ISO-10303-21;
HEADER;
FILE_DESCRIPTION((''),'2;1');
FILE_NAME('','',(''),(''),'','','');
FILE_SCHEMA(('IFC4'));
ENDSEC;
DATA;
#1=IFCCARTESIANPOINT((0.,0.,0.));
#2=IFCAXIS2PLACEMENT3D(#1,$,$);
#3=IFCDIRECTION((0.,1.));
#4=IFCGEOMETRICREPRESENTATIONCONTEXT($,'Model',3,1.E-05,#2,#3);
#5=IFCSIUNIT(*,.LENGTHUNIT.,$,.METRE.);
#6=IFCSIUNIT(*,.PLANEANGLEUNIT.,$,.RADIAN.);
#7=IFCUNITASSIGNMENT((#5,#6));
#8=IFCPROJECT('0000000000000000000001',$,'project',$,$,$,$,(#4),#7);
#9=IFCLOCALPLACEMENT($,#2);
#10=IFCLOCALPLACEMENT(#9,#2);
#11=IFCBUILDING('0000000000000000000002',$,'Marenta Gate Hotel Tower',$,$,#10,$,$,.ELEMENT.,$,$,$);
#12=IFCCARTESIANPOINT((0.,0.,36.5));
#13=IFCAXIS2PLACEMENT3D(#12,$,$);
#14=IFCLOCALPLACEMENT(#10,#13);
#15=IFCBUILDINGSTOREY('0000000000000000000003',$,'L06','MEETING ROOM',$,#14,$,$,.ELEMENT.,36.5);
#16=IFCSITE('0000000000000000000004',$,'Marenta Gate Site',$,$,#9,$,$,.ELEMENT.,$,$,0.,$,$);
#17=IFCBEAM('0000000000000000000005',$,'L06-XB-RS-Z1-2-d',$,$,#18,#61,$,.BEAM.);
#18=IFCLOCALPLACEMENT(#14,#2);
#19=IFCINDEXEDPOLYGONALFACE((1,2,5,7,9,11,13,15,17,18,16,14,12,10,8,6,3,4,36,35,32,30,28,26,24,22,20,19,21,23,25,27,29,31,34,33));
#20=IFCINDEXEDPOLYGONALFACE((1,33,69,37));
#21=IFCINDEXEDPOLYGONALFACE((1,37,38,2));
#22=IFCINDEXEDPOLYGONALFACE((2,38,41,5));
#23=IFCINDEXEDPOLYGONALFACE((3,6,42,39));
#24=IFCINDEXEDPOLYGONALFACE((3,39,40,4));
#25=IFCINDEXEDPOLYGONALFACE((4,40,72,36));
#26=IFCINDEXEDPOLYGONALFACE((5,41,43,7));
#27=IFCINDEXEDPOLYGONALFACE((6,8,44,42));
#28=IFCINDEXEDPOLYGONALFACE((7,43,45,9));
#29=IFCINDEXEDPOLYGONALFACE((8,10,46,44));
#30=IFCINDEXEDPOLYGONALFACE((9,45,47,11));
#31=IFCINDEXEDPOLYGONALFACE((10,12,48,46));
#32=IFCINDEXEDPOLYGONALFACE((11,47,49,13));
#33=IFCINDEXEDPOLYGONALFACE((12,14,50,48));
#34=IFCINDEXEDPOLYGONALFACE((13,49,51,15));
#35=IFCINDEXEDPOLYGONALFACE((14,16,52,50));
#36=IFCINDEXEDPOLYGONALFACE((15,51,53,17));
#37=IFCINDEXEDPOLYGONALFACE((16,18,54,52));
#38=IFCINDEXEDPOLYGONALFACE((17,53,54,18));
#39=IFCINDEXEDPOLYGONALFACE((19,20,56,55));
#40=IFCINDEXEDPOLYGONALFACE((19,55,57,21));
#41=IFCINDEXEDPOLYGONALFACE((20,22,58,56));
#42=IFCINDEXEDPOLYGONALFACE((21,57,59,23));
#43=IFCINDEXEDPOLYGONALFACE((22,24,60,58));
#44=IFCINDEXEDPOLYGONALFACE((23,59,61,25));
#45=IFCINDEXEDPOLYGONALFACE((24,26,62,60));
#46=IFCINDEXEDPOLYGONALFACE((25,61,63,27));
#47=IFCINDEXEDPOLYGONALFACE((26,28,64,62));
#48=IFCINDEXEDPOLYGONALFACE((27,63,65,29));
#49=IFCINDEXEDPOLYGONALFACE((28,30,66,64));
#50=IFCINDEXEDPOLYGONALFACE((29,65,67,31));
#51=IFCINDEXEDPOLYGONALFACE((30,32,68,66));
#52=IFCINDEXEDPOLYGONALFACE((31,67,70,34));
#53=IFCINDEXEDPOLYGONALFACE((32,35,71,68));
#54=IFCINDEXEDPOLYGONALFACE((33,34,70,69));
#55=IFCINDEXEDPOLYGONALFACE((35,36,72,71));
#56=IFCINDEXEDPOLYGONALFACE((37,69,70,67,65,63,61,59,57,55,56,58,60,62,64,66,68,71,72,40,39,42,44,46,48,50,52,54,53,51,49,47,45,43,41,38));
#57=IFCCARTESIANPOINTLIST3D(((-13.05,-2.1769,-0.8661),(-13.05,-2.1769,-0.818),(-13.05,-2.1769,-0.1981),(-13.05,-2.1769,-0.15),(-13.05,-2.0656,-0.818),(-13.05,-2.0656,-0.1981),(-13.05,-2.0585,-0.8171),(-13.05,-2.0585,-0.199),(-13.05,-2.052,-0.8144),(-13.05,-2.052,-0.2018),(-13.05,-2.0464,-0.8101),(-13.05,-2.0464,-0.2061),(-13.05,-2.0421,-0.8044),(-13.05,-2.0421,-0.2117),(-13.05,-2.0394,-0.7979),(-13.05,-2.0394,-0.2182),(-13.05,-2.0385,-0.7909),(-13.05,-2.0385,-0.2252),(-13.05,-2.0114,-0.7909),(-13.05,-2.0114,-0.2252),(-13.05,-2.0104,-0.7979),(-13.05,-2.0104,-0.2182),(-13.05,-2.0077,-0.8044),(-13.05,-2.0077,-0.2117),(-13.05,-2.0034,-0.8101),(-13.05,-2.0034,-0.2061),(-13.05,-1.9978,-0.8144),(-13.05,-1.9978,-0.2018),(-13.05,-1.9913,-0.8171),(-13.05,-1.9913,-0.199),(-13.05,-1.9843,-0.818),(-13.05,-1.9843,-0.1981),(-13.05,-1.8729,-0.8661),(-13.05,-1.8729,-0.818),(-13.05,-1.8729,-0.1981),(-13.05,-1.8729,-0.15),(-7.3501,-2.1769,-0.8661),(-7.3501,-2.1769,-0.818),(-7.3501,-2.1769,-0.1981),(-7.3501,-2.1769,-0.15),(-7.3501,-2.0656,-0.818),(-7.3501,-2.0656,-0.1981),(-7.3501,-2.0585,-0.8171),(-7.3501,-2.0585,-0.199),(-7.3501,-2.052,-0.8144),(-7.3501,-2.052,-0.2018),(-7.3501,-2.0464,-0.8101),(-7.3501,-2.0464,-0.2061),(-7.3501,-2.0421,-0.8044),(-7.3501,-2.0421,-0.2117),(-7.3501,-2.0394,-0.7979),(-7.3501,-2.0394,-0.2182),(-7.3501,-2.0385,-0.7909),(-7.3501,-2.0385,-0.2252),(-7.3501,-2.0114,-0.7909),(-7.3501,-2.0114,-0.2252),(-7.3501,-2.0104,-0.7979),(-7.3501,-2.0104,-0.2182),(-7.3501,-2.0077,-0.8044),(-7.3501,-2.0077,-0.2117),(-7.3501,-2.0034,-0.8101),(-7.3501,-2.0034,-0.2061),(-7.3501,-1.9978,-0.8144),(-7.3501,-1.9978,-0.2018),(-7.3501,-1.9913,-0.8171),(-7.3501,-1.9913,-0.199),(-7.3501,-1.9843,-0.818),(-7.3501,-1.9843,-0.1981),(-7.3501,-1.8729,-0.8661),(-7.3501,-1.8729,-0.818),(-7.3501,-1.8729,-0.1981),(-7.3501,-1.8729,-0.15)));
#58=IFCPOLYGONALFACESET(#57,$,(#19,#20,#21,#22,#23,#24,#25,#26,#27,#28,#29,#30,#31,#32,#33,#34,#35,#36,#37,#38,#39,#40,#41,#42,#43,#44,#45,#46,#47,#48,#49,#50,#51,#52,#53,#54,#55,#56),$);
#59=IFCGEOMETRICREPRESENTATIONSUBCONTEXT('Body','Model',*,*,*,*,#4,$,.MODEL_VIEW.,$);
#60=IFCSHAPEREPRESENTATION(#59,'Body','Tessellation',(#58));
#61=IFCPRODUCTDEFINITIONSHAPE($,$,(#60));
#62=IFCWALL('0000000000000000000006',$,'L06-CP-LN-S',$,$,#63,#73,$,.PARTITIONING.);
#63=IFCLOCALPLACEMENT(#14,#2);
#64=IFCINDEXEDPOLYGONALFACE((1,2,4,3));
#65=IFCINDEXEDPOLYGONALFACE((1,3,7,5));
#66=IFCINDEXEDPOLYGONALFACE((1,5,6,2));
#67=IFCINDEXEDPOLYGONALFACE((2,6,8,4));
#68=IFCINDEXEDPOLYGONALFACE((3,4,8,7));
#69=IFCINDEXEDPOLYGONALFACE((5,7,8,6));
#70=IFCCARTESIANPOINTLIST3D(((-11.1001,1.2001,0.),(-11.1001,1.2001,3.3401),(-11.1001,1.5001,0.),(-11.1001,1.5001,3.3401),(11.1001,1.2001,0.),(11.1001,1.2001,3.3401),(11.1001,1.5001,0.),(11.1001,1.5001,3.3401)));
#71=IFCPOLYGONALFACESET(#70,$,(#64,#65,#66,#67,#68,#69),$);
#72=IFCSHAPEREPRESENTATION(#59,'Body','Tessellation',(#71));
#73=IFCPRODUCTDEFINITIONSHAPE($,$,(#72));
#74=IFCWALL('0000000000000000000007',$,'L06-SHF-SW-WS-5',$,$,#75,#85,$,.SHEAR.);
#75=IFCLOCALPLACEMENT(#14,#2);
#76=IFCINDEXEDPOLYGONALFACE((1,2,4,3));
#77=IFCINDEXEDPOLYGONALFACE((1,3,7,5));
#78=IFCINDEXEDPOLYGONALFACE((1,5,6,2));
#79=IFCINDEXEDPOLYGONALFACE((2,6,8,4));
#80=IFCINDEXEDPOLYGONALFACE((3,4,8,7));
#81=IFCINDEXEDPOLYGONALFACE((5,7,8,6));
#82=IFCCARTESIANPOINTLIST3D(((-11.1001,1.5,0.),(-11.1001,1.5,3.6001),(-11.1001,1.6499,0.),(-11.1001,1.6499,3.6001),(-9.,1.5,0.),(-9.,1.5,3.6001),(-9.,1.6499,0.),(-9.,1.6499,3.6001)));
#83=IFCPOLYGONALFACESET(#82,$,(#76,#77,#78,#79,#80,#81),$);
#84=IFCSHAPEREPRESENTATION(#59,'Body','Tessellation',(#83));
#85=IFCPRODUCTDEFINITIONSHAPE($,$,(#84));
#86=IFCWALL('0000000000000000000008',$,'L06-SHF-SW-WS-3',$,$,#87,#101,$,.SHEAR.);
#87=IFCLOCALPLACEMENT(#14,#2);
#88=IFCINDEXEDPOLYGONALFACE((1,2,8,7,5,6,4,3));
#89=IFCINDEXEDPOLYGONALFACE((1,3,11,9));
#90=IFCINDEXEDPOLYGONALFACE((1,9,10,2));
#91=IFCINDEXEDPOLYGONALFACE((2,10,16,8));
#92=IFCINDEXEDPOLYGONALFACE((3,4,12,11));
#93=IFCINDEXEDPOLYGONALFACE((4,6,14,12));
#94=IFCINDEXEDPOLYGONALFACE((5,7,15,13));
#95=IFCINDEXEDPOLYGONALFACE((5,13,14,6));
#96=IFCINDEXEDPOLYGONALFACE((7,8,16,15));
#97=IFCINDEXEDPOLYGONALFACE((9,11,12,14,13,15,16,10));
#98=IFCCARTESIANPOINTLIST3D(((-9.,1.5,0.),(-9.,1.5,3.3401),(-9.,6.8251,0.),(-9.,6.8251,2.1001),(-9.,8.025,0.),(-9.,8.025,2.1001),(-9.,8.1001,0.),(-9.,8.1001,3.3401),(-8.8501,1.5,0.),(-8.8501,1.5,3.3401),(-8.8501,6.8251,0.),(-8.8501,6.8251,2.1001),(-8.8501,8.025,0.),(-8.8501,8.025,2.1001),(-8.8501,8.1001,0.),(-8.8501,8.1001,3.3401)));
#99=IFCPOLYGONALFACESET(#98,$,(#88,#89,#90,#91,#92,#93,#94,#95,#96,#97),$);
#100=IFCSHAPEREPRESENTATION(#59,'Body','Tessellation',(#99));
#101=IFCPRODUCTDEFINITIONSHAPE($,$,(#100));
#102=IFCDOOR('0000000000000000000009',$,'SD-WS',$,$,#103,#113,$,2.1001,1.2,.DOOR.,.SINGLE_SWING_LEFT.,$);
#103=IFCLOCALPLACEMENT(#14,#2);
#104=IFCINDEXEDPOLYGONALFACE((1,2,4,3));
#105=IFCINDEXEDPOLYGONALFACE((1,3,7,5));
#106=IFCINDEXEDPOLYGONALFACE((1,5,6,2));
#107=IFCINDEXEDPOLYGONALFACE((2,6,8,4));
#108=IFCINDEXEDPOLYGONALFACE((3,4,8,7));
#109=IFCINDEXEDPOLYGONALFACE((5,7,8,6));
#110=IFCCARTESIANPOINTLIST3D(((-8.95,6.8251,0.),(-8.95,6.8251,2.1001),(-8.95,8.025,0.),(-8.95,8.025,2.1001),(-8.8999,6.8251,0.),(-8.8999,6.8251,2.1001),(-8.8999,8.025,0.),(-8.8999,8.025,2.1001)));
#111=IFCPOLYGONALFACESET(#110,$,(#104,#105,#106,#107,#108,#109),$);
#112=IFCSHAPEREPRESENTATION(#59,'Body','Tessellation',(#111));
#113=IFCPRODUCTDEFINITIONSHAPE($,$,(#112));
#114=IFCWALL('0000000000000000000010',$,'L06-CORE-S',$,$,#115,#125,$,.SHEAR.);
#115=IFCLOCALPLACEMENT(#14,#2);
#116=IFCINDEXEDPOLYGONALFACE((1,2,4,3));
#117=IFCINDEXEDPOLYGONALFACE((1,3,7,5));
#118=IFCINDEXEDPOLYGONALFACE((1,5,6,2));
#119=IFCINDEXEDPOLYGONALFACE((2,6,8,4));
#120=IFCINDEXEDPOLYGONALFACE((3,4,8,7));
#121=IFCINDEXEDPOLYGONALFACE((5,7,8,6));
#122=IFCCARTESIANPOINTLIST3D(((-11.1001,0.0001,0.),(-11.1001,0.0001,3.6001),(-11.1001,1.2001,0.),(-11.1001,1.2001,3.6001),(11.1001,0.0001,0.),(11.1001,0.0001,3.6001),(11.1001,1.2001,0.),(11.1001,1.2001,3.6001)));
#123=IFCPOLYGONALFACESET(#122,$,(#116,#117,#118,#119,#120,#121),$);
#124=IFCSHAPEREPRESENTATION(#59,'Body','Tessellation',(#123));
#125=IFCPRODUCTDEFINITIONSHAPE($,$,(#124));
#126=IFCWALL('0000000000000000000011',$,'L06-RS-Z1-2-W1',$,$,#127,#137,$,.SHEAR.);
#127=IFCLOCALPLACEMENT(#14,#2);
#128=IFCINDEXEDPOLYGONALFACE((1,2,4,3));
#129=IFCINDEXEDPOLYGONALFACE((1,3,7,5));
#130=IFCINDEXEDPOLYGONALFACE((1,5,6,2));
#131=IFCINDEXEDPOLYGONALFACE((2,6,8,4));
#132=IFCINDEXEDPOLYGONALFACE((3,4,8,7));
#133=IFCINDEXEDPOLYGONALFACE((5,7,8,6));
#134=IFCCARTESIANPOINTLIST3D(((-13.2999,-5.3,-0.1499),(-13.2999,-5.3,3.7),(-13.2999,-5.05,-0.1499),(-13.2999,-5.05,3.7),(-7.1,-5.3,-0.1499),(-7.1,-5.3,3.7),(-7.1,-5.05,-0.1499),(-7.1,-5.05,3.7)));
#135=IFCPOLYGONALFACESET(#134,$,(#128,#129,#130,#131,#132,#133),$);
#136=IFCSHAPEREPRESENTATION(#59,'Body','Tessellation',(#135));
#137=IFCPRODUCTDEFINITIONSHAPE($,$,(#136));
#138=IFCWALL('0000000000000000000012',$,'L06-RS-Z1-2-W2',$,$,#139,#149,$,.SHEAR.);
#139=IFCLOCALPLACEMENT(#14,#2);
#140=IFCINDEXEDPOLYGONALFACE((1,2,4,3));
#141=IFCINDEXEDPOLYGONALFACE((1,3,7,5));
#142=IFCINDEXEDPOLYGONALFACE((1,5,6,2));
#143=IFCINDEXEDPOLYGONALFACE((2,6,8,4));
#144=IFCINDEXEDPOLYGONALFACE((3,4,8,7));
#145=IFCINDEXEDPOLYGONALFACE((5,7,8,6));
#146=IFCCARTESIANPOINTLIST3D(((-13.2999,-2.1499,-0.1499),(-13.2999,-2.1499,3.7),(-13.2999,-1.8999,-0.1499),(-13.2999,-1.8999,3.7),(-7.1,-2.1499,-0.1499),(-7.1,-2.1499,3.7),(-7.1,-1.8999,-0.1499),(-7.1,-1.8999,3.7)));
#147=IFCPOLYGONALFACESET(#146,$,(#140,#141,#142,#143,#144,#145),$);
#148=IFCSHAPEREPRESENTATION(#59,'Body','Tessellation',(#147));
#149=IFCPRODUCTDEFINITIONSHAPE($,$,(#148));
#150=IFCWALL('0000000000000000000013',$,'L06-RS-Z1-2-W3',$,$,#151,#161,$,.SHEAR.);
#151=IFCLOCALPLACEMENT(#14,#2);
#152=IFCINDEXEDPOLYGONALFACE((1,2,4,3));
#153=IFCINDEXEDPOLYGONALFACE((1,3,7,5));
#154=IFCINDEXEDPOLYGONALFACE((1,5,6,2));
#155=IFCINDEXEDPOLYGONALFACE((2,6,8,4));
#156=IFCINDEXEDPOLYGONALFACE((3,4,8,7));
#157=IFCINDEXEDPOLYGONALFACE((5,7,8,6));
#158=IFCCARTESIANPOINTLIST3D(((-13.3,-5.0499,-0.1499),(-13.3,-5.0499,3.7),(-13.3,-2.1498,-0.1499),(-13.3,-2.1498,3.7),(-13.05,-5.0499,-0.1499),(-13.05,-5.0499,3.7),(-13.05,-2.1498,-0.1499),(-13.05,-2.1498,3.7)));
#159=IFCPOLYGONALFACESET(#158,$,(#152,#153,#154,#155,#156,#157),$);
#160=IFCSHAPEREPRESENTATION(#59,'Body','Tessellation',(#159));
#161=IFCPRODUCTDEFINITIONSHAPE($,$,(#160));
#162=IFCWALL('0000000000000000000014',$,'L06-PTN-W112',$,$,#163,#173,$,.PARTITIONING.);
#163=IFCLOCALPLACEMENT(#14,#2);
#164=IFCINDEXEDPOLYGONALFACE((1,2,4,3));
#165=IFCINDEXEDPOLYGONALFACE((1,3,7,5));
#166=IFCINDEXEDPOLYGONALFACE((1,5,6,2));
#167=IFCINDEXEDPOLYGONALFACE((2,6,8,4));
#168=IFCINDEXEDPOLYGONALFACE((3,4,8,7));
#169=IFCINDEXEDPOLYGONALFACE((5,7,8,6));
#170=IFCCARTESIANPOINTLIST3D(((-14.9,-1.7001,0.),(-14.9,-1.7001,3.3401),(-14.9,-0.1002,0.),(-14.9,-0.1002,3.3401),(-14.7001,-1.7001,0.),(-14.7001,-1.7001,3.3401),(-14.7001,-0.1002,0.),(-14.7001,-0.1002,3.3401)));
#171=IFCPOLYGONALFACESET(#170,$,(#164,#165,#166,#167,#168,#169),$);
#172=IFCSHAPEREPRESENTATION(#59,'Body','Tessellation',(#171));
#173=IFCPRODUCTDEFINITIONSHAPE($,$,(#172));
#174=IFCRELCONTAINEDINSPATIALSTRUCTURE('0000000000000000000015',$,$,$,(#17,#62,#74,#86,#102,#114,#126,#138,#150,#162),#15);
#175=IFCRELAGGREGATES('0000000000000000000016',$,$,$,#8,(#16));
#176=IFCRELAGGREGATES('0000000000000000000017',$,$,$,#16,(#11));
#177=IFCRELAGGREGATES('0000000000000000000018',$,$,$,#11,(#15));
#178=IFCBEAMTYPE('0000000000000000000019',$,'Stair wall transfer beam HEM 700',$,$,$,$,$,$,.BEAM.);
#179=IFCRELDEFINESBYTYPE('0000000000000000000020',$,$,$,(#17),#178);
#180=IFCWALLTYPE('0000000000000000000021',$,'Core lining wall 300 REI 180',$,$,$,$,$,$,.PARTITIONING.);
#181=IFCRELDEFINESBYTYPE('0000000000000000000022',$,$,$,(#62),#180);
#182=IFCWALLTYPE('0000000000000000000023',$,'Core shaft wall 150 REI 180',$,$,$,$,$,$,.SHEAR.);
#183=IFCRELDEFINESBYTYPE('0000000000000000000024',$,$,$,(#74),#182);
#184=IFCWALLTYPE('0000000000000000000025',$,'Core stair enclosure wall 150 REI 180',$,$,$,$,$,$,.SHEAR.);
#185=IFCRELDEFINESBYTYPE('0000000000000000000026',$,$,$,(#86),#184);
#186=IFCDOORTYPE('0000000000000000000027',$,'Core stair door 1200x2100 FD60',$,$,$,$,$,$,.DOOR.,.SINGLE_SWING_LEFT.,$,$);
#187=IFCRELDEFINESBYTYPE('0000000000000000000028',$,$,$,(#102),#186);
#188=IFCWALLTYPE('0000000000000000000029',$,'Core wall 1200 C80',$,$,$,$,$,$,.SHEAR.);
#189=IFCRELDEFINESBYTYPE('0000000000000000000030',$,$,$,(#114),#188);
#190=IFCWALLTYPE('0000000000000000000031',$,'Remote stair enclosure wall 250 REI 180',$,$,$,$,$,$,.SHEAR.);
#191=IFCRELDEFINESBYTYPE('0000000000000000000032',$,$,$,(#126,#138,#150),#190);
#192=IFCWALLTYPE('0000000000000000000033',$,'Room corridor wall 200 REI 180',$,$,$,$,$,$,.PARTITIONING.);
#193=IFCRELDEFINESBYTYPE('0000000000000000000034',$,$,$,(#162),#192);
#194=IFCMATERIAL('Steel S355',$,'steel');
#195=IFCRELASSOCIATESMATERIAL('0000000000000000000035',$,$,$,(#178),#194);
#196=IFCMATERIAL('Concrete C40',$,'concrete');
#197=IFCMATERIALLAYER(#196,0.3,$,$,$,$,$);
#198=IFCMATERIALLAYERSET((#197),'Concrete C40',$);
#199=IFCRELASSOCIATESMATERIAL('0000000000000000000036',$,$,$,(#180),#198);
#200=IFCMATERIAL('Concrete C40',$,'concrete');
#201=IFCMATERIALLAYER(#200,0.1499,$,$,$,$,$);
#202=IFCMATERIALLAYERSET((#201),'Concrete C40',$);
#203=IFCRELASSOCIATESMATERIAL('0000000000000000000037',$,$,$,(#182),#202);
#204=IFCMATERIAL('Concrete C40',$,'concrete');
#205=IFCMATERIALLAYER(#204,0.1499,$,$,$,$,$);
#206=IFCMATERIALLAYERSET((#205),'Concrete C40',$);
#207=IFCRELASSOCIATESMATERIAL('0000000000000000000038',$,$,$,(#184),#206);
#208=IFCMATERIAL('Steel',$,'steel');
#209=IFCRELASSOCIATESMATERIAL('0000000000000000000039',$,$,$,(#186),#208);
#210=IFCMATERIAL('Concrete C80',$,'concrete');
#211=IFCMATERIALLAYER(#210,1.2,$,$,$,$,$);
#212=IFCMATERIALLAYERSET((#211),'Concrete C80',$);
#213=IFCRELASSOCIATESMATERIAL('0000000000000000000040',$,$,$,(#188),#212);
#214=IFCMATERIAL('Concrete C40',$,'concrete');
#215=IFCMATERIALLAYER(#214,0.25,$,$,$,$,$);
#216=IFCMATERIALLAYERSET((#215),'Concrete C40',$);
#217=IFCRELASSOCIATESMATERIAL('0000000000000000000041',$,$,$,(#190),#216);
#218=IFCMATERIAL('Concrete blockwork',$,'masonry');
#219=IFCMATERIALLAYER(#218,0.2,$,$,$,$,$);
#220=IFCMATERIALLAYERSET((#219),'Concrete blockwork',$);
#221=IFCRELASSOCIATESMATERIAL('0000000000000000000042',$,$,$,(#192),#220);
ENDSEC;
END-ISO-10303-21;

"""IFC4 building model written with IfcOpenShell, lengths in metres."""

from ifc_helpers import new_model, si_unit, direction, frame, frame_2d, origin, origin_2d, place, context, subcontext, project, spatial, rectangle, i_section, extrude, material, layer, layer_set, material_profile, profile_set, type_object, element, fill, save


model = new_model("IFC4")

# Units and contexts
model_context = context("Model", 3, precision=1e-05, world=origin(), true_north=direction((0.0, 1.0)))
body_context = subcontext(model_context, "Body", "Model", "MODEL_VIEW")
ifc_project = project(units=[si_unit("LENGTHUNIT", "METRE"), si_unit("PLANEANGLEUNIT", "RADIAN")], contexts=[model_context])

# Site, building, storey
site_placement = place(None, origin())
site = spatial("IfcSite", under=ifc_project, at=site_placement, Name="Marenta Gate Site", CompositionType="ELEMENT", RefElevation=0.0)
building_placement = place(site_placement, origin())
building = spatial("IfcBuilding", under=site, at=building_placement, Name="Marenta Gate Hotel Tower", CompositionType="ELEMENT")
storey_placement = place(building_placement, frame((0.0, 0.0, 36.5)))
storey = spatial("IfcBuildingStorey", under=building, at=storey_placement, Name="L06", Description="MEETING ROOM", CompositionType="ELEMENT", Elevation=36.5)

# Beam
ifc_material_1 = material(Name="Steel S355", Category="steel")
ifc_material_profile_1 = material_profile(ifc_material_1, i_section(OverallWidth=0.304, OverallDepth=0.7161, WebThickness=0.0271, FlangeThickness=0.0481, FilletRadius=0.0271, at=origin_2d()), Name="HEM 700")
ifc_profile_set_1 = profile_set([ifc_material_profile_1], Name="Steel S355")
beam_type_1 = type_object("IfcBeamType", Name="Stair wall transfer beam HEM 700", PredefinedType="BEAM", material=ifc_profile_set_1)
for number, where, z_axis, x_axis, name in (
    (1, (-13.05, -2.0249, -0.5081), (1.0, 0.0, 0.0), (0.0, 1.0, 0.0), "L06-XB-RS-Z1-2-d"),
):
    element("IfcBeam", number, at=place(storey_placement, frame(where, z_axis=z_axis, x_axis=x_axis)), inside=storey, type_object=beam_type_1, Name=name, PredefinedType="BEAM", context=body_context, shape_type="SweptSolid", body=[
        extrude(i_section(OverallWidth=0.304, OverallDepth=0.7161, WebThickness=0.0271, FlangeThickness=0.0481, FilletRadius=0.0271, at=origin_2d()), origin(), (0.0, 0.0, 1.0), 5.7),
    ])

# Walls
ifc_material_2 = material(Name="Concrete C40", Category="concrete")
ifc_layer_1 = layer(ifc_material_2, 0.3)
ifc_layer_set_1 = layer_set([ifc_layer_1], Name="Concrete C40")
wall_type_1 = type_object("IfcWallType", Name="Core lining wall 300 REI 180", PredefinedType="PARTITIONING", material=ifc_layer_set_1)
wall_1_placement = place(storey_placement, frame((-11.1001, 1.3501, 0.0), z_axis=(0.0, 0.0, 1.0), x_axis=(1.0, 0.0, 0.0)))
element("IfcWall", 2, at=wall_1_placement, inside=storey, type_object=wall_type_1, Name="L06-CP-LN-S", PredefinedType="PARTITIONING", context=body_context, shape_type="SweptSolid", body=[
    extrude(rectangle(XDim=22.2002, YDim=0.3, at=frame_2d((11.1001, 0.0))), origin(), (0.0, 0.0, 1.0), 3.3401),
])
ifc_material_3 = material(Name="Concrete C40", Category="concrete")
ifc_layer_2 = layer(ifc_material_3, 0.1499)
ifc_layer_set_2 = layer_set([ifc_layer_2], Name="Concrete C40")
wall_type_2 = type_object("IfcWallType", Name="Core shaft wall 150 REI 180", PredefinedType="SHEAR", material=ifc_layer_set_2)
wall_2_placement = place(storey_placement, frame((-11.1001, 1.575, 0.0), z_axis=(0.0, 0.0, 1.0), x_axis=(1.0, 0.0, 0.0)))
element("IfcWall", 3, at=wall_2_placement, inside=storey, type_object=wall_type_2, Name="L06-SHF-SW-WS-5", PredefinedType="SHEAR", context=body_context, shape_type="SweptSolid", body=[
    extrude(rectangle(XDim=2.1001, YDim=0.1499, at=frame_2d((1.05, 0.0))), origin(), (0.0, 0.0, 1.0), 3.6001),
])

# Wall, opening, door
ifc_material_4 = material(Name="Concrete C40", Category="concrete")
ifc_layer_3 = layer(ifc_material_4, 0.1499)
ifc_layer_set_3 = layer_set([ifc_layer_3], Name="Concrete C40")
wall_type_3 = type_object("IfcWallType", Name="Core stair enclosure wall 150 REI 180", PredefinedType="SHEAR", material=ifc_layer_set_3)
wall_3_placement = place(storey_placement, frame((-8.925, 1.5, 0.0), z_axis=(0.0, 0.0, 1.0), x_axis=(0.0, 1.0, 0.0)))
wall_3 = element("IfcWall", 4, at=wall_3_placement, inside=storey, type_object=wall_type_3, Name="L06-SHF-SW-WS-3", PredefinedType="SHEAR", context=body_context, shape_type="SweptSolid", body=[
    extrude(rectangle(XDim=6.6001, YDim=0.1499, at=frame_2d((3.3, 0.0))), origin(), (0.0, 0.0, 1.0), 3.3401),
])
opening_1_placement = place(wall_3_placement, frame((5.325, 0.0, 0.0)))
opening_1 = element("IfcOpeningElement", 5, at=opening_1_placement, cuts=wall_3, PredefinedType="OPENING", context=body_context, shape_type="SweptSolid", body=[
    extrude(rectangle(XDim=1.2, YDim=2.1001, at=frame_2d((0.6001, 1.05))), frame((0.0, 0.075, 0.0), z_axis=(0.0, -1.0, 0.0), x_axis=(1.0, 0.0, 0.0)), (0.0, 0.0, 1.0), 0.1499),
])
ifc_material_5 = material(Name="Steel", Category="steel")
door_type_1 = type_object("IfcDoorType", Name="Core stair door 1200x2100 FD60", OperationType="SINGLE_SWING_LEFT", PredefinedType="DOOR", material=ifc_material_5)
door_1_placement = place(opening_1_placement, origin())
door_1 = element("IfcDoor", 6, at=door_1_placement, inside=storey, type_object=door_type_1, Name="SD-WS", OperationType="SINGLE_SWING_LEFT", OverallHeight=2.1001, OverallWidth=1.2, PredefinedType="DOOR", context=body_context, shape_type="SweptSolid", body=[
    extrude(rectangle(XDim=1.2, YDim=2.1001, at=frame_2d((0.6001, 1.05))), frame((0.0, 0.0249, 0.0), z_axis=(0.0, -1.0, 0.0), x_axis=(1.0, 0.0, 0.0)), (0.0, 0.0, 1.0), 0.05),
])
fill(opening_1, door_1)

# Shared definitions
ifc_material_6 = material(Name="Concrete C80", Category="concrete")
ifc_layer_4 = layer(ifc_material_6, 1.2)
ifc_layer_set_4 = layer_set([ifc_layer_4], Name="Concrete C80")
wall_type_4 = type_object("IfcWallType", Name="Core wall 1200 C80", PredefinedType="SHEAR", material=ifc_layer_set_4)

# Walls
wall_4_placement = place(storey_placement, frame((-11.1001, 0.6001, 0.0), z_axis=(0.0, 0.0, 1.0), x_axis=(1.0, 0.0, 0.0)))
element("IfcWall", 7, at=wall_4_placement, inside=storey, type_object=wall_type_4, Name="L06-CORE-S", PredefinedType="SHEAR", context=body_context, shape_type="SweptSolid", body=[
    extrude(rectangle(XDim=22.2002, YDim=1.2, at=frame_2d((11.1001, 0.0))), origin(), (0.0, 0.0, 1.0), 3.6001),
])
ifc_material_7 = material(Name="Concrete C40", Category="concrete")
ifc_layer_5 = layer(ifc_material_7, 0.25)
ifc_layer_set_5 = layer_set([ifc_layer_5], Name="Concrete C40")
wall_type_5 = type_object("IfcWallType", Name="Remote stair enclosure wall 250 REI 180", PredefinedType="SHEAR", material=ifc_layer_set_5)
for number, where, z_axis, x_axis, name in (
    (8, (-13.3, -5.175, -0.1499), (0.0, 0.0, 1.0), (1.0, 0.0, 0.0), "L06-RS-Z1-2-W1"),
    (9, (-13.3, -2.0249, -0.1499), (0.0, 0.0, 1.0), (1.0, 0.0, 0.0), "L06-RS-Z1-2-W2"),
):
    element("IfcWall", number, at=place(storey_placement, frame(where, z_axis=z_axis, x_axis=x_axis)), inside=storey, type_object=wall_type_5, Name=name, PredefinedType="SHEAR", context=body_context, shape_type="SweptSolid", body=[
        extrude(rectangle(XDim=6.2, YDim=0.25, at=frame_2d((3.1001, 0.0))), origin(), (0.0, 0.0, 1.0), 3.8499),
    ])
wall_5_placement = place(storey_placement, frame((-13.175, -5.05, -0.1499), z_axis=(0.0, 0.0, 1.0), x_axis=(0.0, 1.0, 0.0)))
element("IfcWall", 10, at=wall_5_placement, inside=storey, type_object=wall_type_5, Name="L06-RS-Z1-2-W3", PredefinedType="SHEAR", context=body_context, shape_type="SweptSolid", body=[
    extrude(rectangle(XDim=2.9001, YDim=0.25, at=frame_2d((1.4502, 0.0))), origin(), (0.0, 0.0, 1.0), 3.8499),
])
ifc_material_8 = material(Name="Concrete blockwork", Category="masonry")
ifc_layer_6 = layer(ifc_material_8, 0.2)
ifc_layer_set_6 = layer_set([ifc_layer_6], Name="Concrete blockwork")
wall_type_6 = type_object("IfcWallType", Name="Room corridor wall 200 REI 180", PredefinedType="PARTITIONING", material=ifc_layer_set_6)
wall_6_placement = place(storey_placement, frame((-14.8, -1.7, 0.0), z_axis=(0.0, 0.0, 1.0), x_axis=(0.0, 1.0, 0.0)))
element("IfcWall", 11, at=wall_6_placement, inside=storey, type_object=wall_type_6, Name="L06-PTN-W112", PredefinedType="PARTITIONING", context=body_context, shape_type="SweptSolid", body=[
    extrude(rectangle(XDim=1.5999, YDim=0.2, at=frame_2d((0.7998, 0.0))), origin(), (0.0, 0.0, 1.0), 3.3401),
])

save(model, "model.ifc")
